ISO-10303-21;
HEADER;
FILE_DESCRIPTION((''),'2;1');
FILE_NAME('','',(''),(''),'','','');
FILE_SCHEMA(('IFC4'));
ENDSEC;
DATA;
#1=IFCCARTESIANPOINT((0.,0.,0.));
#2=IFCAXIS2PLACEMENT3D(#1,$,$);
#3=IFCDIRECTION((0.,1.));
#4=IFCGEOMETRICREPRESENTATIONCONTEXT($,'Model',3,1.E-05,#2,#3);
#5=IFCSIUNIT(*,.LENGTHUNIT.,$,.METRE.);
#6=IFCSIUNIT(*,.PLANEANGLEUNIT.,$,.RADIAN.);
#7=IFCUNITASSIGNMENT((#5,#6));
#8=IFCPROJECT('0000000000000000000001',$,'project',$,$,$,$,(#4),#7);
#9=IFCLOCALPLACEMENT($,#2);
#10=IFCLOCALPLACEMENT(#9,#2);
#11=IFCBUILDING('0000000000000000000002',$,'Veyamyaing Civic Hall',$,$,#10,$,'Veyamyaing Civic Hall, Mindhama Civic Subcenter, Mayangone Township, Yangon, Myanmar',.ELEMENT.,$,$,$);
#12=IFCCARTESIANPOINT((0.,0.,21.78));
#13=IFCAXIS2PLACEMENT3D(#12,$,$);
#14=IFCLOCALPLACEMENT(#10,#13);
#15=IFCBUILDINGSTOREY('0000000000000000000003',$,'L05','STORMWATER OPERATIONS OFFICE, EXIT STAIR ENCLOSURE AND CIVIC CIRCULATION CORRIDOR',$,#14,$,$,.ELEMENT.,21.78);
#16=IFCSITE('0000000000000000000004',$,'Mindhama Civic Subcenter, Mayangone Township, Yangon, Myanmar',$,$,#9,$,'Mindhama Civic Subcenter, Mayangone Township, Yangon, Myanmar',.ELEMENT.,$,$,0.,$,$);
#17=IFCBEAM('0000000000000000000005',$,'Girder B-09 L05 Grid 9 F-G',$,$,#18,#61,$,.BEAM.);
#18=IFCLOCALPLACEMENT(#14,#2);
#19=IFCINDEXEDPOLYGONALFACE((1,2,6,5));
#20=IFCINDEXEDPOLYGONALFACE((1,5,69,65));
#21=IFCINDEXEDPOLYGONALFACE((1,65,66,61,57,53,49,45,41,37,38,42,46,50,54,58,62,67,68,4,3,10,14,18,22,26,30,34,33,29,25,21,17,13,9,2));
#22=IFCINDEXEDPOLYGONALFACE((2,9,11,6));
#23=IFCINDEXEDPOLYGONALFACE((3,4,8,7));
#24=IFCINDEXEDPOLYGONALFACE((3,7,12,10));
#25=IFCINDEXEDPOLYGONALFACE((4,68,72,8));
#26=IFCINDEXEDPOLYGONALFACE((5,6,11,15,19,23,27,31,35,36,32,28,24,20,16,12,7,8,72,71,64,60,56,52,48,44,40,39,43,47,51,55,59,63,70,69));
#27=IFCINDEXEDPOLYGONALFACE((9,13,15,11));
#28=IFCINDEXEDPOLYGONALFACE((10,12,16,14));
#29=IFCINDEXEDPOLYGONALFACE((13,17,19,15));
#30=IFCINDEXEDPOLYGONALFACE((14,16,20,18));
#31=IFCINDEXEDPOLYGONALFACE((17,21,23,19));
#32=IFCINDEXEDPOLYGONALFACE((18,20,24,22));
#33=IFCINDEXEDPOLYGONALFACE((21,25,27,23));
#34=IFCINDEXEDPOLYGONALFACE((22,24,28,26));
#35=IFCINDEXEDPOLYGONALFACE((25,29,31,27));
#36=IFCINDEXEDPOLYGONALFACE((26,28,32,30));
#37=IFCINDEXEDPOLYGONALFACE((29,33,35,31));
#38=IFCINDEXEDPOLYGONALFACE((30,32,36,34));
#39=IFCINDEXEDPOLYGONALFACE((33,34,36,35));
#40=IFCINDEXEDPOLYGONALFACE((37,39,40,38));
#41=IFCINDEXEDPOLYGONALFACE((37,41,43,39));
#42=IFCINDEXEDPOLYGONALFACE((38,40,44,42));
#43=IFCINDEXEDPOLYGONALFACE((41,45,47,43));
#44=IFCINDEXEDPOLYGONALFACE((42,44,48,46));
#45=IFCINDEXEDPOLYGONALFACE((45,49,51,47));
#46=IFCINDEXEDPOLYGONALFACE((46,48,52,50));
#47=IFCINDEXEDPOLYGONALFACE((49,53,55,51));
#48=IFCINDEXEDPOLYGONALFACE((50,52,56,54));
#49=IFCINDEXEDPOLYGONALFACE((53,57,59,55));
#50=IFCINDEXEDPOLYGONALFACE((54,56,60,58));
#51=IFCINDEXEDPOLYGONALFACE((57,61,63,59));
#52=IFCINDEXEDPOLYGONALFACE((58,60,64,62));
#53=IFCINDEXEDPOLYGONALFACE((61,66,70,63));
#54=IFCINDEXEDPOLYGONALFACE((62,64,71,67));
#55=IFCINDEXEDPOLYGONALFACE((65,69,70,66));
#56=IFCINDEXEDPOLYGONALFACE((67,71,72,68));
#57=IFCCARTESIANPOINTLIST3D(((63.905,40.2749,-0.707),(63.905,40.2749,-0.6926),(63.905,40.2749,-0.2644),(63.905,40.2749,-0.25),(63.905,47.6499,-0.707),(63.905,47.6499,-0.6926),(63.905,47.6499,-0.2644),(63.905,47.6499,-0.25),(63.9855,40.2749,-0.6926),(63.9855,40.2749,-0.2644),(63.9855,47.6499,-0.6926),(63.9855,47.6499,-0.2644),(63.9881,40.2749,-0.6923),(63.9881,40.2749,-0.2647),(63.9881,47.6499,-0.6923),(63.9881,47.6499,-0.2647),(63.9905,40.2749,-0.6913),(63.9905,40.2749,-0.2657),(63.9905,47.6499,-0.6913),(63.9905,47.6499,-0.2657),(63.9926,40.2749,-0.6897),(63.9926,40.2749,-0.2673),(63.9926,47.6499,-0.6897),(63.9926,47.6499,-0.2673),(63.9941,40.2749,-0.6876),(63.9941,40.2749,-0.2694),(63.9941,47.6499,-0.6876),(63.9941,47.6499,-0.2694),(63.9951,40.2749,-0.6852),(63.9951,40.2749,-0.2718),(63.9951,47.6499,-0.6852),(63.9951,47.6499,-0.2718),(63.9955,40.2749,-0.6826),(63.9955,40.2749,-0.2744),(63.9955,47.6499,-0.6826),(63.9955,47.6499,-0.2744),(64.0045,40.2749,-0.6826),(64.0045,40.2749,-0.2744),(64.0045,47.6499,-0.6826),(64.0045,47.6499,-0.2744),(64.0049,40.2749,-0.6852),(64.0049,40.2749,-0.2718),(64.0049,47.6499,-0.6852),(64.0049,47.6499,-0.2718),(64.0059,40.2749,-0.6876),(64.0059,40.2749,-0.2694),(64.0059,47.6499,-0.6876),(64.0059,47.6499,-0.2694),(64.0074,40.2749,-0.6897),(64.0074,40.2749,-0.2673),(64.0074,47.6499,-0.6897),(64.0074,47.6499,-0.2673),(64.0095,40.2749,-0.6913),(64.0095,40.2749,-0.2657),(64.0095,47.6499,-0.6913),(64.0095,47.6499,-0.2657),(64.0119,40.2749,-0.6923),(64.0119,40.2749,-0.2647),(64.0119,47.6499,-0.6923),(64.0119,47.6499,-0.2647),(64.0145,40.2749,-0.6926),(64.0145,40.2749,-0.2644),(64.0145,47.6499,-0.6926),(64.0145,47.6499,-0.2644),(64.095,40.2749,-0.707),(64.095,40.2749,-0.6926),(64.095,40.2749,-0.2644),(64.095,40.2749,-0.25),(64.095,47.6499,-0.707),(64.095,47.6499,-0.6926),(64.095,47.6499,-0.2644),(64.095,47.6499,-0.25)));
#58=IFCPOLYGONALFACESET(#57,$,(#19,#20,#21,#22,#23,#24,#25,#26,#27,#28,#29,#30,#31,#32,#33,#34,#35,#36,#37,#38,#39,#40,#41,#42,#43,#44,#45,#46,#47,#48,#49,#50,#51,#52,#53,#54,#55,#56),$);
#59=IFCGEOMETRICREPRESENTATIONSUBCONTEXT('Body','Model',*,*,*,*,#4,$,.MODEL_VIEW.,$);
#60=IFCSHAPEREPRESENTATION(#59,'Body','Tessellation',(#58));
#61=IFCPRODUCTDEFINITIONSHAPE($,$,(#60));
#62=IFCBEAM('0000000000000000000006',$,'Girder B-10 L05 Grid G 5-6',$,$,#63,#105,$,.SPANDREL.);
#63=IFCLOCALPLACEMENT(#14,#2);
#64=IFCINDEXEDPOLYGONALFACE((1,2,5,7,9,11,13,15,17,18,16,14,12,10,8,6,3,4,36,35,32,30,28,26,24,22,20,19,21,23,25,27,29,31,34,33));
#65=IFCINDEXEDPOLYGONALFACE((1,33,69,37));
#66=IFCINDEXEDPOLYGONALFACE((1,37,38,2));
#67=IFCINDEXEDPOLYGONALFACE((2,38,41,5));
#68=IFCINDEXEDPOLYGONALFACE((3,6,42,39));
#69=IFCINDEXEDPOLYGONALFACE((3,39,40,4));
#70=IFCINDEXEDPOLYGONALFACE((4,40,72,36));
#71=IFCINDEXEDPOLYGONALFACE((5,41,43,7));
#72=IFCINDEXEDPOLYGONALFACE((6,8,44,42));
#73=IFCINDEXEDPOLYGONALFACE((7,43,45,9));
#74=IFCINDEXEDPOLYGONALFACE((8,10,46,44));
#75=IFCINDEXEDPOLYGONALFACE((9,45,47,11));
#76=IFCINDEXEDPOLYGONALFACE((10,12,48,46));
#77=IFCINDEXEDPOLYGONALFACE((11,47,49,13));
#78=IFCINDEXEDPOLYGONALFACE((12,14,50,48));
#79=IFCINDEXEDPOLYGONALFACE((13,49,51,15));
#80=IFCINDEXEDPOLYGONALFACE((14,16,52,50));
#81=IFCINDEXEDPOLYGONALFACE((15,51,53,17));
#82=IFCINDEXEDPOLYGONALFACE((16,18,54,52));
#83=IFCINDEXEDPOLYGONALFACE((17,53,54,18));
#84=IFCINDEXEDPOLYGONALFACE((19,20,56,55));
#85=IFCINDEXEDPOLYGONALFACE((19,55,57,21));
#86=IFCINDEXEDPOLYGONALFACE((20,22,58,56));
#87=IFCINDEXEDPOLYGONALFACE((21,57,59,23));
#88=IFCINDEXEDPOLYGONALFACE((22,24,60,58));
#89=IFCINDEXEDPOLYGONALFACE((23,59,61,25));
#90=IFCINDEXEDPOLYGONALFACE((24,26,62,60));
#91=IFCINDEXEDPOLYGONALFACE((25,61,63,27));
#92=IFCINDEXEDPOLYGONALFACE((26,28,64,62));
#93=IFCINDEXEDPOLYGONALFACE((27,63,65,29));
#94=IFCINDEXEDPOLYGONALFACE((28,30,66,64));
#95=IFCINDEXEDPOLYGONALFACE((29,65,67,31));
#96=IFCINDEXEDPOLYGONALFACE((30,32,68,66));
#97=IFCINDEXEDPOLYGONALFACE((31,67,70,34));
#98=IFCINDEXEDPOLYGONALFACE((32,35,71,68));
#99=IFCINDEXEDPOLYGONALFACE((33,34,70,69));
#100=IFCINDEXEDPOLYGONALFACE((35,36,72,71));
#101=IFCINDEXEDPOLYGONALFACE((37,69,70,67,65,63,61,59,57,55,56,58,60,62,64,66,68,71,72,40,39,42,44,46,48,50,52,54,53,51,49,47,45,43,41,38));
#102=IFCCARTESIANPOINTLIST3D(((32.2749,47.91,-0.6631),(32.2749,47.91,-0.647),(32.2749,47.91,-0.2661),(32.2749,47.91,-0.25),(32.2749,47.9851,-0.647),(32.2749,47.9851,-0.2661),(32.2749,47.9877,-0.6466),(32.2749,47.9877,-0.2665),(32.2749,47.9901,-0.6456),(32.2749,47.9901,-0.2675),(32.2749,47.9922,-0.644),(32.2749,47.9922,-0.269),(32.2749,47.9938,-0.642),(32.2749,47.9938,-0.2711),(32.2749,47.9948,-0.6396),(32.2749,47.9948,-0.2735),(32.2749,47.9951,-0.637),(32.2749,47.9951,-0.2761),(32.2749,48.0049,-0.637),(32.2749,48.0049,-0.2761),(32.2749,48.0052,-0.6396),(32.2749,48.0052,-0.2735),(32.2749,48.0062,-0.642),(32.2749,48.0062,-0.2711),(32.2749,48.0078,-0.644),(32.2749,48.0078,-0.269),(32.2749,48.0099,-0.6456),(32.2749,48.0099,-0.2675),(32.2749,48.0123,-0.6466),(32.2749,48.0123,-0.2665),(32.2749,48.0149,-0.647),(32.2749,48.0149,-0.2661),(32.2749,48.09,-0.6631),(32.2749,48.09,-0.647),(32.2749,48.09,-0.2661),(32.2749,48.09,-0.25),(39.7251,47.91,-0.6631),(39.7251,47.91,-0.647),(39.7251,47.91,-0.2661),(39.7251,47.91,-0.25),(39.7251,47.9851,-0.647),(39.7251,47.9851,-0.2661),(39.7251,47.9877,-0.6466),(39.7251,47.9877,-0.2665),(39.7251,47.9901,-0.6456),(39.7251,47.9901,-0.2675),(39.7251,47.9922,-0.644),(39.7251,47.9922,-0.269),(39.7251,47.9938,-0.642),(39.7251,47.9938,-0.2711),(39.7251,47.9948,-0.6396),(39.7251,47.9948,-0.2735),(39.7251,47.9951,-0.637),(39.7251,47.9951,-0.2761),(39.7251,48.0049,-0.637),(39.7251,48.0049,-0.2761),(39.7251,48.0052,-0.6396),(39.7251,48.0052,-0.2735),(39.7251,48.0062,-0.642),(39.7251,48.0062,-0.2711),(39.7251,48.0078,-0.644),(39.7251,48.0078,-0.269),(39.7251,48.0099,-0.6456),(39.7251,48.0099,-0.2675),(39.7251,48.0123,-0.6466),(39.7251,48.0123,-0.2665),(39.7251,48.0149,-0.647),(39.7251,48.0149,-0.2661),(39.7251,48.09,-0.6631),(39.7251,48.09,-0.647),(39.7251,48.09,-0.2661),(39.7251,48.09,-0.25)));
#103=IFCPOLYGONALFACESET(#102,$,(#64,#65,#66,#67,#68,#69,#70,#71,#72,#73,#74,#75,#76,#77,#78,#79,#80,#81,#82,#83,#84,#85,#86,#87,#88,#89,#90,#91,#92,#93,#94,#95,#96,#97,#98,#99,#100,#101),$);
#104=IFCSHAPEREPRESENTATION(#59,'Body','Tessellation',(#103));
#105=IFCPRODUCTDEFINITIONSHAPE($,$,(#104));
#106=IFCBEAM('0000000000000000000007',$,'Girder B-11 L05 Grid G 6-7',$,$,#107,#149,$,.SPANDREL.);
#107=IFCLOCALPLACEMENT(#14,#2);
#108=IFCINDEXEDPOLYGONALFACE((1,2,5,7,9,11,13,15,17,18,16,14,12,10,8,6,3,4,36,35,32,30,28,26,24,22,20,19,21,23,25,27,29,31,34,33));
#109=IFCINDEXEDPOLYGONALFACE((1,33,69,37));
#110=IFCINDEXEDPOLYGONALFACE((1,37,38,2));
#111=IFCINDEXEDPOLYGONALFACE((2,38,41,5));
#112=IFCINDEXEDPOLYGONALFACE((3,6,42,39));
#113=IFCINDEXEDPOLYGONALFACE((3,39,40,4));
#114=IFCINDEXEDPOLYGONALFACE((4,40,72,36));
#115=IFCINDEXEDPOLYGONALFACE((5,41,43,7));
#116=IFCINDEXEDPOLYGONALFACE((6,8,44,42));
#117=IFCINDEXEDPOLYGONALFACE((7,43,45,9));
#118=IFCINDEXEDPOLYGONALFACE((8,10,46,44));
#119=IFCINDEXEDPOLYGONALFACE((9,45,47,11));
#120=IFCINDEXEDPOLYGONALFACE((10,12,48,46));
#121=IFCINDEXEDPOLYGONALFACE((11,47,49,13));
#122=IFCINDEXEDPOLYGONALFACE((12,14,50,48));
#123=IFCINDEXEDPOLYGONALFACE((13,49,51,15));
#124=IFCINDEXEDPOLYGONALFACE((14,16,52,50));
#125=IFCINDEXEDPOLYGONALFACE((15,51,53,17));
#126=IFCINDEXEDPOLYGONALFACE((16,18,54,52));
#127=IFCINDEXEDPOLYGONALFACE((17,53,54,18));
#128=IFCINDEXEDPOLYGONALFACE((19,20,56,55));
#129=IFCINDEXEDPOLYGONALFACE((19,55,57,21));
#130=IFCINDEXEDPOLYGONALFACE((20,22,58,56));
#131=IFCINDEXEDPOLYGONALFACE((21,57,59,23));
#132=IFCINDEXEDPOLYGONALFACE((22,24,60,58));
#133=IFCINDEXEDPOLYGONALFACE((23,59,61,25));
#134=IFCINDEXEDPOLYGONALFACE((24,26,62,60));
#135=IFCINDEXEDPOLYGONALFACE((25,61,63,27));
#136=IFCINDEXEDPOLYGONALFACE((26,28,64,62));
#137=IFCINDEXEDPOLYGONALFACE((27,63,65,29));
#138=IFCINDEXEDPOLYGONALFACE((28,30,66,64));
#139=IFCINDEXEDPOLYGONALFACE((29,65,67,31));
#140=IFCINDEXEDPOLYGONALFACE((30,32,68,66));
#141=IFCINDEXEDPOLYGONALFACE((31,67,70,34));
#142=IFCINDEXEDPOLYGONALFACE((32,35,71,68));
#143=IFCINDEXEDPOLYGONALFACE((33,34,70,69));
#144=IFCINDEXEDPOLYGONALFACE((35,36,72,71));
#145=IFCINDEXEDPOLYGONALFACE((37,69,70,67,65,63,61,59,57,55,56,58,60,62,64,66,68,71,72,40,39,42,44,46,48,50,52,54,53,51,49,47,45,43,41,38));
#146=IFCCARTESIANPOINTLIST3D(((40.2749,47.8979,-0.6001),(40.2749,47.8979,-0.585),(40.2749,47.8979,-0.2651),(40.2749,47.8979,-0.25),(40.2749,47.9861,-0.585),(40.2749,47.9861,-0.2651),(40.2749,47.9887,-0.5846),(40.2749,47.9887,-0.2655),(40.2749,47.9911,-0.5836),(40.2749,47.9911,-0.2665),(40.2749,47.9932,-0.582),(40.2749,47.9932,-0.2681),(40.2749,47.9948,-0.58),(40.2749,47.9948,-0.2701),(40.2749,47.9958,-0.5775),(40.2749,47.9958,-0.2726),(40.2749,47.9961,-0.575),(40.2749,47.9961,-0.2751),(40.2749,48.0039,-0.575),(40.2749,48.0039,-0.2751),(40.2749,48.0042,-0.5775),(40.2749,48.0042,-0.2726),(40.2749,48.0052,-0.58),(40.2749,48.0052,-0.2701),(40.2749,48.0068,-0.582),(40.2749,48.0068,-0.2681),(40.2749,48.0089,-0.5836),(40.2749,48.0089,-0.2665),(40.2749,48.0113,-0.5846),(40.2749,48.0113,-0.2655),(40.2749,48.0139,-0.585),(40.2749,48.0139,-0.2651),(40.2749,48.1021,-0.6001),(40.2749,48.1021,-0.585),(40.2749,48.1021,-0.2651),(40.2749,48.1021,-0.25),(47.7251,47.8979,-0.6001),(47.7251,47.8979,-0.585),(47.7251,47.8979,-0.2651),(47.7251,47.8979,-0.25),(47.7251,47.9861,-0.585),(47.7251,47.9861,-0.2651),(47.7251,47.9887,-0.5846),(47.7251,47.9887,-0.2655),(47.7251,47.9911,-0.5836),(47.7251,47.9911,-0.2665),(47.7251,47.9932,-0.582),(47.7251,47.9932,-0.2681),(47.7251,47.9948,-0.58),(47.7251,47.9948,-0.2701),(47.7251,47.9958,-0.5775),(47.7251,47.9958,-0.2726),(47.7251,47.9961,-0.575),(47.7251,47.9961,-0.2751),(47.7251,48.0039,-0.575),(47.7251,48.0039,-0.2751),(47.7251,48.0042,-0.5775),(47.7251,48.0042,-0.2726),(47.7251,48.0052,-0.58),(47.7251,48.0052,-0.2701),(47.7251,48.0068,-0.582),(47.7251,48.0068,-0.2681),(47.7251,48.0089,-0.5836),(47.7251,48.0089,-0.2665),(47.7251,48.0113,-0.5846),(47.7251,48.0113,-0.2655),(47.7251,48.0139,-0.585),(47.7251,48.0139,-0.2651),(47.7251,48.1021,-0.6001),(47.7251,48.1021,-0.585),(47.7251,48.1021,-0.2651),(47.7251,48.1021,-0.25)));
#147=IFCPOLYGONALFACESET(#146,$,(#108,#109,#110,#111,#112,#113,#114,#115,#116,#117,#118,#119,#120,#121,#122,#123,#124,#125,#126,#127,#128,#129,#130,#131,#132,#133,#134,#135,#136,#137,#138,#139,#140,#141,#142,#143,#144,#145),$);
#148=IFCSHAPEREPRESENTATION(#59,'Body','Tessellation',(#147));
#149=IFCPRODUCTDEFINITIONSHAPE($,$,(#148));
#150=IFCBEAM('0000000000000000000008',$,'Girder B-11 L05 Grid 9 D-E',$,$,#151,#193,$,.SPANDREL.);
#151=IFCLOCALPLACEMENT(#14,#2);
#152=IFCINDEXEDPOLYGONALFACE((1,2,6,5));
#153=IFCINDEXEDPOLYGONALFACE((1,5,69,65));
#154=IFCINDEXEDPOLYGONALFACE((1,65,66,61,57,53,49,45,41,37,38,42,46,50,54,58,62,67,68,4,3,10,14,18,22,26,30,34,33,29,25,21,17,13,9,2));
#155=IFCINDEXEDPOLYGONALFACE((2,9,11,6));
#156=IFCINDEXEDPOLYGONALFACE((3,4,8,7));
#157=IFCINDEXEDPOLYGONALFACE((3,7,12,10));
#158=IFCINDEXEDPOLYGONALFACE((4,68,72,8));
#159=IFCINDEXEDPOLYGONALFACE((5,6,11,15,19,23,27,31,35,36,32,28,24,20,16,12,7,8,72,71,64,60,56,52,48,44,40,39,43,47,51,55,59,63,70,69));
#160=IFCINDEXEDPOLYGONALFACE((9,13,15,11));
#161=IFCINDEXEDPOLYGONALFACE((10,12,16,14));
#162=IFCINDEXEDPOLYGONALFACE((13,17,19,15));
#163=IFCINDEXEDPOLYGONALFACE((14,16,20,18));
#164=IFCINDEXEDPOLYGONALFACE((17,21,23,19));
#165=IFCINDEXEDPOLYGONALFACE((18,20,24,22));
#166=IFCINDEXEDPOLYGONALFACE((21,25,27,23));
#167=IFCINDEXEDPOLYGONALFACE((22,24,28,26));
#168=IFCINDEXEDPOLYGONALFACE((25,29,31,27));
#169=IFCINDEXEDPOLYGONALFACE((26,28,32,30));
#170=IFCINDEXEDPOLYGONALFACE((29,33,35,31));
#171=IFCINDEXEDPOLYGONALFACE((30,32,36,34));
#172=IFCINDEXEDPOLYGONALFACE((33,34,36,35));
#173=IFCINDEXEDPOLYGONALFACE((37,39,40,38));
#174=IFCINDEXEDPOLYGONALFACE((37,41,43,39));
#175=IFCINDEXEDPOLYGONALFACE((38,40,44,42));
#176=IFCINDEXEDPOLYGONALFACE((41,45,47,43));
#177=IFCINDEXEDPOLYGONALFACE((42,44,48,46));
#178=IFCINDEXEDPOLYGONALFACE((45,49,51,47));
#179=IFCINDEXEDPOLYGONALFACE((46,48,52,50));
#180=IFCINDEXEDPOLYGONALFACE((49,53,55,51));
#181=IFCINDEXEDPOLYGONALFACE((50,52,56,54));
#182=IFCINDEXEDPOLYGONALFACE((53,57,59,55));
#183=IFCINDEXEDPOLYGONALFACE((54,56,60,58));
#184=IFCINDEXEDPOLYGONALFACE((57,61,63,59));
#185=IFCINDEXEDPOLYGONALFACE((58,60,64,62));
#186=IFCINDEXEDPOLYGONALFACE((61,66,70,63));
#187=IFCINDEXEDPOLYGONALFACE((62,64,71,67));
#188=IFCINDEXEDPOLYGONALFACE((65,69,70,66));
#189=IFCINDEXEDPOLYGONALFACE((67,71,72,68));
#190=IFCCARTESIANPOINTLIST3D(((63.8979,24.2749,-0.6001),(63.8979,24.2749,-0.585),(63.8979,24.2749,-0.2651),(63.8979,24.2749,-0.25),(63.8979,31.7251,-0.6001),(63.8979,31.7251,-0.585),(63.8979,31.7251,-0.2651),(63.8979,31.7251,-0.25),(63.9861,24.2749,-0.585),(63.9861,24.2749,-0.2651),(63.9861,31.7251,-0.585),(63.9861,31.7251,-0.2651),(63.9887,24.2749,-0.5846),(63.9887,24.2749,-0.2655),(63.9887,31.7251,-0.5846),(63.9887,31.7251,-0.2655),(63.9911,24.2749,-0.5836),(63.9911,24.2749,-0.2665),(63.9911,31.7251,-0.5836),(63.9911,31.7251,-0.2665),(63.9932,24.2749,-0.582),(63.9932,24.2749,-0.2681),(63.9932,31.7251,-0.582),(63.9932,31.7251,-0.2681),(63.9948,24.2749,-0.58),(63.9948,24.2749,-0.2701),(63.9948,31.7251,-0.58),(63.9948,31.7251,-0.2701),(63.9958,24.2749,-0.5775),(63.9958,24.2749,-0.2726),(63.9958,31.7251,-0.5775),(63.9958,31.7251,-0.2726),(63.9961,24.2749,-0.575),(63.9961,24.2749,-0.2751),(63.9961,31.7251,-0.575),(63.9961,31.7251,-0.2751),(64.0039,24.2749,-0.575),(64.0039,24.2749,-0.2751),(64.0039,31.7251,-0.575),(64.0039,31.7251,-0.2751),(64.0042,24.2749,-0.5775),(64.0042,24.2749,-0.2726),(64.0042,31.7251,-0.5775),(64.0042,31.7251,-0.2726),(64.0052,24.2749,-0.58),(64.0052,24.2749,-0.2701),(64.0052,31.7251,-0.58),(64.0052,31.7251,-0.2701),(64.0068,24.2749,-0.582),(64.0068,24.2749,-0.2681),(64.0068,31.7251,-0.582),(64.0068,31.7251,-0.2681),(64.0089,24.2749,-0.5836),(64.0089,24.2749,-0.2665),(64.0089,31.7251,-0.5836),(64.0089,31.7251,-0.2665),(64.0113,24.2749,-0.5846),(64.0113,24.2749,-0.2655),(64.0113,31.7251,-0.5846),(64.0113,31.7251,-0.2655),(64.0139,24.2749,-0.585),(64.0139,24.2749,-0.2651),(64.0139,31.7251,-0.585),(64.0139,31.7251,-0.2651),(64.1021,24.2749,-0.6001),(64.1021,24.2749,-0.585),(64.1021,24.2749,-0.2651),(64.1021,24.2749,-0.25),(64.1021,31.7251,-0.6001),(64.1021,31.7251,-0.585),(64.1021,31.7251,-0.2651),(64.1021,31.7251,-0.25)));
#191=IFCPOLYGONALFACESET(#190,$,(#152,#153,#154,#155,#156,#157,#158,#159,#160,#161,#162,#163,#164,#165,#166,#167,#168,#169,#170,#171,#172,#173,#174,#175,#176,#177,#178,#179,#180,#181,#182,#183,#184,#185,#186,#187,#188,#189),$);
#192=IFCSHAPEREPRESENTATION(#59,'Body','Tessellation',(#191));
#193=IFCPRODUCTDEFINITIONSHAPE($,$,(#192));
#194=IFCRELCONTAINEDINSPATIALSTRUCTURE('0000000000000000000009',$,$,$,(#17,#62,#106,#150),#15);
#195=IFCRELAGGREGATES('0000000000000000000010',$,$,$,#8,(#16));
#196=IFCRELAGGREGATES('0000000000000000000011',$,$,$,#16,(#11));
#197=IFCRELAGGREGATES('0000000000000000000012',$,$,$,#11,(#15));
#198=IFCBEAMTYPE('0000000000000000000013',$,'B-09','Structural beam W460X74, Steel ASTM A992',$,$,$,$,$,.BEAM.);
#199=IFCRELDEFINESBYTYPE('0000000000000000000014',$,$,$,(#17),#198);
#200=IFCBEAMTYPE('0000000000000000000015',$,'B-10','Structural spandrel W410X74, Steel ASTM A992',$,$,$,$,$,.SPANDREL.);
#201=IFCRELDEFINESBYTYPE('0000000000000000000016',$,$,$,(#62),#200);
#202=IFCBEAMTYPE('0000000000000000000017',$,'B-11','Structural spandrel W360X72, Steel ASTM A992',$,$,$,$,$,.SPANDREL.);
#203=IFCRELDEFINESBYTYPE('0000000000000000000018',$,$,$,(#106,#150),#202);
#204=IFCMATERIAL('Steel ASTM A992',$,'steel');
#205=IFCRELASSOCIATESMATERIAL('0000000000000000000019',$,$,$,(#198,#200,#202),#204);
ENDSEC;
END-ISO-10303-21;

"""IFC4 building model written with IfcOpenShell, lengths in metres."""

from ifc_helpers import new_model, si_unit, direction, frame, origin, origin_2d, place, context, subcontext, project, spatial, i_section, extrude, material, material_profile, profile_set, type_object, element, save


model = new_model("IFC4")

# Units and contexts
model_context = context("Model", 3, precision=1e-05, world=origin(), true_north=direction((0.0, 1.0)))
body_context = subcontext(model_context, "Body", "Model", "MODEL_VIEW")
ifc_project = project(units=[si_unit("LENGTHUNIT", "METRE"), si_unit("PLANEANGLEUNIT", "RADIAN")], contexts=[model_context])

# Site, building, storey
site_placement = place(None, origin())
site = spatial("IfcSite", under=ifc_project, at=site_placement, Name="Mindhama Civic Subcenter, Mayangone Township, Yangon, Myanmar", LongName="Mindhama Civic Subcenter, Mayangone Township, Yangon, Myanmar", CompositionType="ELEMENT", RefElevation=0.0)
building_placement = place(site_placement, origin())
building = spatial("IfcBuilding", under=site, at=building_placement, Name="Veyamyaing Civic Hall", LongName="Veyamyaing Civic Hall, Mindhama Civic Subcenter, Mayangone Township, Yangon, Myanmar", CompositionType="ELEMENT")
storey_placement = place(building_placement, frame((0.0, 0.0, 21.78)))
storey = spatial("IfcBuildingStorey", under=building, at=storey_placement, Name="L05", Description="STORMWATER OPERATIONS OFFICE, EXIT STAIR ENCLOSURE AND CIVIC CIRCULATION CORRIDOR", CompositionType="ELEMENT", Elevation=21.78)

# Beams
ifc_material_1 = material(Name="Steel ASTM A992", Category="steel")
ifc_material_profile_1 = material_profile(ifc_material_1, i_section(OverallWidth=0.1899, OverallDepth=0.457, WebThickness=0.009, FlangeThickness=0.0144, FilletRadius=0.01, at=origin_2d()), Name="W460X74")
ifc_profile_set_1 = profile_set([ifc_material_profile_1], Name="Steel ASTM A992")
beam_type_1 = type_object("IfcBeamType", Name="B-09", Description="Structural beam W460X74, Steel ASTM A992", PredefinedType="BEAM", material=ifc_profile_set_1)
beam_1_placement = place(storey_placement, frame((64.0, 40.2749, -0.4785), z_axis=(0.0, 1.0, 0.0), x_axis=(-1.0, 0.0, 0.0)))
element("IfcBeam", 1, at=beam_1_placement, inside=storey, type_object=beam_type_1, Name="Girder B-09 L05 Grid 9 F-G", PredefinedType="BEAM", context=body_context, shape_type="SweptSolid", body=[
    extrude(i_section(OverallWidth=0.1899, OverallDepth=0.457, WebThickness=0.009, FlangeThickness=0.0144, FilletRadius=0.01, at=origin_2d()), origin(), (0.0, 0.0, 1.0), 7.375),
])
ifc_material_profile_2 = material_profile(ifc_material_1, i_section(OverallWidth=0.1799, OverallDepth=0.4131, WebThickness=0.0098, FlangeThickness=0.0161, FilletRadius=0.01, at=origin_2d()), Name="W410X74")
ifc_profile_set_2 = profile_set([ifc_material_profile_2], Name="Steel ASTM A992")
beam_type_2 = type_object("IfcBeamType", Name="B-10", Description="Structural spandrel W410X74, Steel ASTM A992", PredefinedType="SPANDREL", material=ifc_profile_set_2)
beam_2_placement = place(storey_placement, frame((32.2749, 48.0, -0.4565), z_axis=(1.0, 0.0, 0.0), x_axis=(0.0, 1.0, 0.0)))
element("IfcBeam", 2, at=beam_2_placement, inside=storey, type_object=beam_type_2, Name="Girder B-10 L05 Grid G 5-6", PredefinedType="SPANDREL", context=body_context, shape_type="SweptSolid", body=[
    extrude(i_section(OverallWidth=0.1799, OverallDepth=0.4131, WebThickness=0.0098, FlangeThickness=0.0161, FilletRadius=0.01, at=origin_2d()), origin(), (0.0, 0.0, 1.0), 7.4502),
])
ifc_material_profile_3 = material_profile(ifc_material_1, i_section(OverallWidth=0.2041, OverallDepth=0.3501, WebThickness=0.0078, FlangeThickness=0.0151, FilletRadius=0.01, at=origin_2d()), Name="W360X72")
ifc_profile_set_3 = profile_set([ifc_material_profile_3], Name="Steel ASTM A992")
beam_type_3 = type_object("IfcBeamType", Name="B-11", Description="Structural spandrel W360X72, Steel ASTM A992", PredefinedType="SPANDREL", material=ifc_profile_set_3)
for number, where, z_axis, x_axis, name in (
    (3, (40.2749, 48.0, -0.425), (1.0, 0.0, 0.0), (0.0, 1.0, 0.0), "Girder B-11 L05 Grid G 6-7"),
    (4, (64.0, 24.2749, -0.425), (0.0, 1.0, 0.0), (-1.0, 0.0, 0.0), "Girder B-11 L05 Grid 9 D-E"),
):
    element("IfcBeam", number, at=place(storey_placement, frame(where, z_axis=z_axis, x_axis=x_axis)), inside=storey, type_object=beam_type_3, Name=name, PredefinedType="SPANDREL", context=body_context, shape_type="SweptSolid", body=[
        extrude(i_section(OverallWidth=0.2041, OverallDepth=0.3501, WebThickness=0.0078, FlangeThickness=0.0151, FilletRadius=0.01, at=origin_2d()), origin(), (0.0, 0.0, 1.0), 7.4502),
    ])

save(model, "model.ifc")
